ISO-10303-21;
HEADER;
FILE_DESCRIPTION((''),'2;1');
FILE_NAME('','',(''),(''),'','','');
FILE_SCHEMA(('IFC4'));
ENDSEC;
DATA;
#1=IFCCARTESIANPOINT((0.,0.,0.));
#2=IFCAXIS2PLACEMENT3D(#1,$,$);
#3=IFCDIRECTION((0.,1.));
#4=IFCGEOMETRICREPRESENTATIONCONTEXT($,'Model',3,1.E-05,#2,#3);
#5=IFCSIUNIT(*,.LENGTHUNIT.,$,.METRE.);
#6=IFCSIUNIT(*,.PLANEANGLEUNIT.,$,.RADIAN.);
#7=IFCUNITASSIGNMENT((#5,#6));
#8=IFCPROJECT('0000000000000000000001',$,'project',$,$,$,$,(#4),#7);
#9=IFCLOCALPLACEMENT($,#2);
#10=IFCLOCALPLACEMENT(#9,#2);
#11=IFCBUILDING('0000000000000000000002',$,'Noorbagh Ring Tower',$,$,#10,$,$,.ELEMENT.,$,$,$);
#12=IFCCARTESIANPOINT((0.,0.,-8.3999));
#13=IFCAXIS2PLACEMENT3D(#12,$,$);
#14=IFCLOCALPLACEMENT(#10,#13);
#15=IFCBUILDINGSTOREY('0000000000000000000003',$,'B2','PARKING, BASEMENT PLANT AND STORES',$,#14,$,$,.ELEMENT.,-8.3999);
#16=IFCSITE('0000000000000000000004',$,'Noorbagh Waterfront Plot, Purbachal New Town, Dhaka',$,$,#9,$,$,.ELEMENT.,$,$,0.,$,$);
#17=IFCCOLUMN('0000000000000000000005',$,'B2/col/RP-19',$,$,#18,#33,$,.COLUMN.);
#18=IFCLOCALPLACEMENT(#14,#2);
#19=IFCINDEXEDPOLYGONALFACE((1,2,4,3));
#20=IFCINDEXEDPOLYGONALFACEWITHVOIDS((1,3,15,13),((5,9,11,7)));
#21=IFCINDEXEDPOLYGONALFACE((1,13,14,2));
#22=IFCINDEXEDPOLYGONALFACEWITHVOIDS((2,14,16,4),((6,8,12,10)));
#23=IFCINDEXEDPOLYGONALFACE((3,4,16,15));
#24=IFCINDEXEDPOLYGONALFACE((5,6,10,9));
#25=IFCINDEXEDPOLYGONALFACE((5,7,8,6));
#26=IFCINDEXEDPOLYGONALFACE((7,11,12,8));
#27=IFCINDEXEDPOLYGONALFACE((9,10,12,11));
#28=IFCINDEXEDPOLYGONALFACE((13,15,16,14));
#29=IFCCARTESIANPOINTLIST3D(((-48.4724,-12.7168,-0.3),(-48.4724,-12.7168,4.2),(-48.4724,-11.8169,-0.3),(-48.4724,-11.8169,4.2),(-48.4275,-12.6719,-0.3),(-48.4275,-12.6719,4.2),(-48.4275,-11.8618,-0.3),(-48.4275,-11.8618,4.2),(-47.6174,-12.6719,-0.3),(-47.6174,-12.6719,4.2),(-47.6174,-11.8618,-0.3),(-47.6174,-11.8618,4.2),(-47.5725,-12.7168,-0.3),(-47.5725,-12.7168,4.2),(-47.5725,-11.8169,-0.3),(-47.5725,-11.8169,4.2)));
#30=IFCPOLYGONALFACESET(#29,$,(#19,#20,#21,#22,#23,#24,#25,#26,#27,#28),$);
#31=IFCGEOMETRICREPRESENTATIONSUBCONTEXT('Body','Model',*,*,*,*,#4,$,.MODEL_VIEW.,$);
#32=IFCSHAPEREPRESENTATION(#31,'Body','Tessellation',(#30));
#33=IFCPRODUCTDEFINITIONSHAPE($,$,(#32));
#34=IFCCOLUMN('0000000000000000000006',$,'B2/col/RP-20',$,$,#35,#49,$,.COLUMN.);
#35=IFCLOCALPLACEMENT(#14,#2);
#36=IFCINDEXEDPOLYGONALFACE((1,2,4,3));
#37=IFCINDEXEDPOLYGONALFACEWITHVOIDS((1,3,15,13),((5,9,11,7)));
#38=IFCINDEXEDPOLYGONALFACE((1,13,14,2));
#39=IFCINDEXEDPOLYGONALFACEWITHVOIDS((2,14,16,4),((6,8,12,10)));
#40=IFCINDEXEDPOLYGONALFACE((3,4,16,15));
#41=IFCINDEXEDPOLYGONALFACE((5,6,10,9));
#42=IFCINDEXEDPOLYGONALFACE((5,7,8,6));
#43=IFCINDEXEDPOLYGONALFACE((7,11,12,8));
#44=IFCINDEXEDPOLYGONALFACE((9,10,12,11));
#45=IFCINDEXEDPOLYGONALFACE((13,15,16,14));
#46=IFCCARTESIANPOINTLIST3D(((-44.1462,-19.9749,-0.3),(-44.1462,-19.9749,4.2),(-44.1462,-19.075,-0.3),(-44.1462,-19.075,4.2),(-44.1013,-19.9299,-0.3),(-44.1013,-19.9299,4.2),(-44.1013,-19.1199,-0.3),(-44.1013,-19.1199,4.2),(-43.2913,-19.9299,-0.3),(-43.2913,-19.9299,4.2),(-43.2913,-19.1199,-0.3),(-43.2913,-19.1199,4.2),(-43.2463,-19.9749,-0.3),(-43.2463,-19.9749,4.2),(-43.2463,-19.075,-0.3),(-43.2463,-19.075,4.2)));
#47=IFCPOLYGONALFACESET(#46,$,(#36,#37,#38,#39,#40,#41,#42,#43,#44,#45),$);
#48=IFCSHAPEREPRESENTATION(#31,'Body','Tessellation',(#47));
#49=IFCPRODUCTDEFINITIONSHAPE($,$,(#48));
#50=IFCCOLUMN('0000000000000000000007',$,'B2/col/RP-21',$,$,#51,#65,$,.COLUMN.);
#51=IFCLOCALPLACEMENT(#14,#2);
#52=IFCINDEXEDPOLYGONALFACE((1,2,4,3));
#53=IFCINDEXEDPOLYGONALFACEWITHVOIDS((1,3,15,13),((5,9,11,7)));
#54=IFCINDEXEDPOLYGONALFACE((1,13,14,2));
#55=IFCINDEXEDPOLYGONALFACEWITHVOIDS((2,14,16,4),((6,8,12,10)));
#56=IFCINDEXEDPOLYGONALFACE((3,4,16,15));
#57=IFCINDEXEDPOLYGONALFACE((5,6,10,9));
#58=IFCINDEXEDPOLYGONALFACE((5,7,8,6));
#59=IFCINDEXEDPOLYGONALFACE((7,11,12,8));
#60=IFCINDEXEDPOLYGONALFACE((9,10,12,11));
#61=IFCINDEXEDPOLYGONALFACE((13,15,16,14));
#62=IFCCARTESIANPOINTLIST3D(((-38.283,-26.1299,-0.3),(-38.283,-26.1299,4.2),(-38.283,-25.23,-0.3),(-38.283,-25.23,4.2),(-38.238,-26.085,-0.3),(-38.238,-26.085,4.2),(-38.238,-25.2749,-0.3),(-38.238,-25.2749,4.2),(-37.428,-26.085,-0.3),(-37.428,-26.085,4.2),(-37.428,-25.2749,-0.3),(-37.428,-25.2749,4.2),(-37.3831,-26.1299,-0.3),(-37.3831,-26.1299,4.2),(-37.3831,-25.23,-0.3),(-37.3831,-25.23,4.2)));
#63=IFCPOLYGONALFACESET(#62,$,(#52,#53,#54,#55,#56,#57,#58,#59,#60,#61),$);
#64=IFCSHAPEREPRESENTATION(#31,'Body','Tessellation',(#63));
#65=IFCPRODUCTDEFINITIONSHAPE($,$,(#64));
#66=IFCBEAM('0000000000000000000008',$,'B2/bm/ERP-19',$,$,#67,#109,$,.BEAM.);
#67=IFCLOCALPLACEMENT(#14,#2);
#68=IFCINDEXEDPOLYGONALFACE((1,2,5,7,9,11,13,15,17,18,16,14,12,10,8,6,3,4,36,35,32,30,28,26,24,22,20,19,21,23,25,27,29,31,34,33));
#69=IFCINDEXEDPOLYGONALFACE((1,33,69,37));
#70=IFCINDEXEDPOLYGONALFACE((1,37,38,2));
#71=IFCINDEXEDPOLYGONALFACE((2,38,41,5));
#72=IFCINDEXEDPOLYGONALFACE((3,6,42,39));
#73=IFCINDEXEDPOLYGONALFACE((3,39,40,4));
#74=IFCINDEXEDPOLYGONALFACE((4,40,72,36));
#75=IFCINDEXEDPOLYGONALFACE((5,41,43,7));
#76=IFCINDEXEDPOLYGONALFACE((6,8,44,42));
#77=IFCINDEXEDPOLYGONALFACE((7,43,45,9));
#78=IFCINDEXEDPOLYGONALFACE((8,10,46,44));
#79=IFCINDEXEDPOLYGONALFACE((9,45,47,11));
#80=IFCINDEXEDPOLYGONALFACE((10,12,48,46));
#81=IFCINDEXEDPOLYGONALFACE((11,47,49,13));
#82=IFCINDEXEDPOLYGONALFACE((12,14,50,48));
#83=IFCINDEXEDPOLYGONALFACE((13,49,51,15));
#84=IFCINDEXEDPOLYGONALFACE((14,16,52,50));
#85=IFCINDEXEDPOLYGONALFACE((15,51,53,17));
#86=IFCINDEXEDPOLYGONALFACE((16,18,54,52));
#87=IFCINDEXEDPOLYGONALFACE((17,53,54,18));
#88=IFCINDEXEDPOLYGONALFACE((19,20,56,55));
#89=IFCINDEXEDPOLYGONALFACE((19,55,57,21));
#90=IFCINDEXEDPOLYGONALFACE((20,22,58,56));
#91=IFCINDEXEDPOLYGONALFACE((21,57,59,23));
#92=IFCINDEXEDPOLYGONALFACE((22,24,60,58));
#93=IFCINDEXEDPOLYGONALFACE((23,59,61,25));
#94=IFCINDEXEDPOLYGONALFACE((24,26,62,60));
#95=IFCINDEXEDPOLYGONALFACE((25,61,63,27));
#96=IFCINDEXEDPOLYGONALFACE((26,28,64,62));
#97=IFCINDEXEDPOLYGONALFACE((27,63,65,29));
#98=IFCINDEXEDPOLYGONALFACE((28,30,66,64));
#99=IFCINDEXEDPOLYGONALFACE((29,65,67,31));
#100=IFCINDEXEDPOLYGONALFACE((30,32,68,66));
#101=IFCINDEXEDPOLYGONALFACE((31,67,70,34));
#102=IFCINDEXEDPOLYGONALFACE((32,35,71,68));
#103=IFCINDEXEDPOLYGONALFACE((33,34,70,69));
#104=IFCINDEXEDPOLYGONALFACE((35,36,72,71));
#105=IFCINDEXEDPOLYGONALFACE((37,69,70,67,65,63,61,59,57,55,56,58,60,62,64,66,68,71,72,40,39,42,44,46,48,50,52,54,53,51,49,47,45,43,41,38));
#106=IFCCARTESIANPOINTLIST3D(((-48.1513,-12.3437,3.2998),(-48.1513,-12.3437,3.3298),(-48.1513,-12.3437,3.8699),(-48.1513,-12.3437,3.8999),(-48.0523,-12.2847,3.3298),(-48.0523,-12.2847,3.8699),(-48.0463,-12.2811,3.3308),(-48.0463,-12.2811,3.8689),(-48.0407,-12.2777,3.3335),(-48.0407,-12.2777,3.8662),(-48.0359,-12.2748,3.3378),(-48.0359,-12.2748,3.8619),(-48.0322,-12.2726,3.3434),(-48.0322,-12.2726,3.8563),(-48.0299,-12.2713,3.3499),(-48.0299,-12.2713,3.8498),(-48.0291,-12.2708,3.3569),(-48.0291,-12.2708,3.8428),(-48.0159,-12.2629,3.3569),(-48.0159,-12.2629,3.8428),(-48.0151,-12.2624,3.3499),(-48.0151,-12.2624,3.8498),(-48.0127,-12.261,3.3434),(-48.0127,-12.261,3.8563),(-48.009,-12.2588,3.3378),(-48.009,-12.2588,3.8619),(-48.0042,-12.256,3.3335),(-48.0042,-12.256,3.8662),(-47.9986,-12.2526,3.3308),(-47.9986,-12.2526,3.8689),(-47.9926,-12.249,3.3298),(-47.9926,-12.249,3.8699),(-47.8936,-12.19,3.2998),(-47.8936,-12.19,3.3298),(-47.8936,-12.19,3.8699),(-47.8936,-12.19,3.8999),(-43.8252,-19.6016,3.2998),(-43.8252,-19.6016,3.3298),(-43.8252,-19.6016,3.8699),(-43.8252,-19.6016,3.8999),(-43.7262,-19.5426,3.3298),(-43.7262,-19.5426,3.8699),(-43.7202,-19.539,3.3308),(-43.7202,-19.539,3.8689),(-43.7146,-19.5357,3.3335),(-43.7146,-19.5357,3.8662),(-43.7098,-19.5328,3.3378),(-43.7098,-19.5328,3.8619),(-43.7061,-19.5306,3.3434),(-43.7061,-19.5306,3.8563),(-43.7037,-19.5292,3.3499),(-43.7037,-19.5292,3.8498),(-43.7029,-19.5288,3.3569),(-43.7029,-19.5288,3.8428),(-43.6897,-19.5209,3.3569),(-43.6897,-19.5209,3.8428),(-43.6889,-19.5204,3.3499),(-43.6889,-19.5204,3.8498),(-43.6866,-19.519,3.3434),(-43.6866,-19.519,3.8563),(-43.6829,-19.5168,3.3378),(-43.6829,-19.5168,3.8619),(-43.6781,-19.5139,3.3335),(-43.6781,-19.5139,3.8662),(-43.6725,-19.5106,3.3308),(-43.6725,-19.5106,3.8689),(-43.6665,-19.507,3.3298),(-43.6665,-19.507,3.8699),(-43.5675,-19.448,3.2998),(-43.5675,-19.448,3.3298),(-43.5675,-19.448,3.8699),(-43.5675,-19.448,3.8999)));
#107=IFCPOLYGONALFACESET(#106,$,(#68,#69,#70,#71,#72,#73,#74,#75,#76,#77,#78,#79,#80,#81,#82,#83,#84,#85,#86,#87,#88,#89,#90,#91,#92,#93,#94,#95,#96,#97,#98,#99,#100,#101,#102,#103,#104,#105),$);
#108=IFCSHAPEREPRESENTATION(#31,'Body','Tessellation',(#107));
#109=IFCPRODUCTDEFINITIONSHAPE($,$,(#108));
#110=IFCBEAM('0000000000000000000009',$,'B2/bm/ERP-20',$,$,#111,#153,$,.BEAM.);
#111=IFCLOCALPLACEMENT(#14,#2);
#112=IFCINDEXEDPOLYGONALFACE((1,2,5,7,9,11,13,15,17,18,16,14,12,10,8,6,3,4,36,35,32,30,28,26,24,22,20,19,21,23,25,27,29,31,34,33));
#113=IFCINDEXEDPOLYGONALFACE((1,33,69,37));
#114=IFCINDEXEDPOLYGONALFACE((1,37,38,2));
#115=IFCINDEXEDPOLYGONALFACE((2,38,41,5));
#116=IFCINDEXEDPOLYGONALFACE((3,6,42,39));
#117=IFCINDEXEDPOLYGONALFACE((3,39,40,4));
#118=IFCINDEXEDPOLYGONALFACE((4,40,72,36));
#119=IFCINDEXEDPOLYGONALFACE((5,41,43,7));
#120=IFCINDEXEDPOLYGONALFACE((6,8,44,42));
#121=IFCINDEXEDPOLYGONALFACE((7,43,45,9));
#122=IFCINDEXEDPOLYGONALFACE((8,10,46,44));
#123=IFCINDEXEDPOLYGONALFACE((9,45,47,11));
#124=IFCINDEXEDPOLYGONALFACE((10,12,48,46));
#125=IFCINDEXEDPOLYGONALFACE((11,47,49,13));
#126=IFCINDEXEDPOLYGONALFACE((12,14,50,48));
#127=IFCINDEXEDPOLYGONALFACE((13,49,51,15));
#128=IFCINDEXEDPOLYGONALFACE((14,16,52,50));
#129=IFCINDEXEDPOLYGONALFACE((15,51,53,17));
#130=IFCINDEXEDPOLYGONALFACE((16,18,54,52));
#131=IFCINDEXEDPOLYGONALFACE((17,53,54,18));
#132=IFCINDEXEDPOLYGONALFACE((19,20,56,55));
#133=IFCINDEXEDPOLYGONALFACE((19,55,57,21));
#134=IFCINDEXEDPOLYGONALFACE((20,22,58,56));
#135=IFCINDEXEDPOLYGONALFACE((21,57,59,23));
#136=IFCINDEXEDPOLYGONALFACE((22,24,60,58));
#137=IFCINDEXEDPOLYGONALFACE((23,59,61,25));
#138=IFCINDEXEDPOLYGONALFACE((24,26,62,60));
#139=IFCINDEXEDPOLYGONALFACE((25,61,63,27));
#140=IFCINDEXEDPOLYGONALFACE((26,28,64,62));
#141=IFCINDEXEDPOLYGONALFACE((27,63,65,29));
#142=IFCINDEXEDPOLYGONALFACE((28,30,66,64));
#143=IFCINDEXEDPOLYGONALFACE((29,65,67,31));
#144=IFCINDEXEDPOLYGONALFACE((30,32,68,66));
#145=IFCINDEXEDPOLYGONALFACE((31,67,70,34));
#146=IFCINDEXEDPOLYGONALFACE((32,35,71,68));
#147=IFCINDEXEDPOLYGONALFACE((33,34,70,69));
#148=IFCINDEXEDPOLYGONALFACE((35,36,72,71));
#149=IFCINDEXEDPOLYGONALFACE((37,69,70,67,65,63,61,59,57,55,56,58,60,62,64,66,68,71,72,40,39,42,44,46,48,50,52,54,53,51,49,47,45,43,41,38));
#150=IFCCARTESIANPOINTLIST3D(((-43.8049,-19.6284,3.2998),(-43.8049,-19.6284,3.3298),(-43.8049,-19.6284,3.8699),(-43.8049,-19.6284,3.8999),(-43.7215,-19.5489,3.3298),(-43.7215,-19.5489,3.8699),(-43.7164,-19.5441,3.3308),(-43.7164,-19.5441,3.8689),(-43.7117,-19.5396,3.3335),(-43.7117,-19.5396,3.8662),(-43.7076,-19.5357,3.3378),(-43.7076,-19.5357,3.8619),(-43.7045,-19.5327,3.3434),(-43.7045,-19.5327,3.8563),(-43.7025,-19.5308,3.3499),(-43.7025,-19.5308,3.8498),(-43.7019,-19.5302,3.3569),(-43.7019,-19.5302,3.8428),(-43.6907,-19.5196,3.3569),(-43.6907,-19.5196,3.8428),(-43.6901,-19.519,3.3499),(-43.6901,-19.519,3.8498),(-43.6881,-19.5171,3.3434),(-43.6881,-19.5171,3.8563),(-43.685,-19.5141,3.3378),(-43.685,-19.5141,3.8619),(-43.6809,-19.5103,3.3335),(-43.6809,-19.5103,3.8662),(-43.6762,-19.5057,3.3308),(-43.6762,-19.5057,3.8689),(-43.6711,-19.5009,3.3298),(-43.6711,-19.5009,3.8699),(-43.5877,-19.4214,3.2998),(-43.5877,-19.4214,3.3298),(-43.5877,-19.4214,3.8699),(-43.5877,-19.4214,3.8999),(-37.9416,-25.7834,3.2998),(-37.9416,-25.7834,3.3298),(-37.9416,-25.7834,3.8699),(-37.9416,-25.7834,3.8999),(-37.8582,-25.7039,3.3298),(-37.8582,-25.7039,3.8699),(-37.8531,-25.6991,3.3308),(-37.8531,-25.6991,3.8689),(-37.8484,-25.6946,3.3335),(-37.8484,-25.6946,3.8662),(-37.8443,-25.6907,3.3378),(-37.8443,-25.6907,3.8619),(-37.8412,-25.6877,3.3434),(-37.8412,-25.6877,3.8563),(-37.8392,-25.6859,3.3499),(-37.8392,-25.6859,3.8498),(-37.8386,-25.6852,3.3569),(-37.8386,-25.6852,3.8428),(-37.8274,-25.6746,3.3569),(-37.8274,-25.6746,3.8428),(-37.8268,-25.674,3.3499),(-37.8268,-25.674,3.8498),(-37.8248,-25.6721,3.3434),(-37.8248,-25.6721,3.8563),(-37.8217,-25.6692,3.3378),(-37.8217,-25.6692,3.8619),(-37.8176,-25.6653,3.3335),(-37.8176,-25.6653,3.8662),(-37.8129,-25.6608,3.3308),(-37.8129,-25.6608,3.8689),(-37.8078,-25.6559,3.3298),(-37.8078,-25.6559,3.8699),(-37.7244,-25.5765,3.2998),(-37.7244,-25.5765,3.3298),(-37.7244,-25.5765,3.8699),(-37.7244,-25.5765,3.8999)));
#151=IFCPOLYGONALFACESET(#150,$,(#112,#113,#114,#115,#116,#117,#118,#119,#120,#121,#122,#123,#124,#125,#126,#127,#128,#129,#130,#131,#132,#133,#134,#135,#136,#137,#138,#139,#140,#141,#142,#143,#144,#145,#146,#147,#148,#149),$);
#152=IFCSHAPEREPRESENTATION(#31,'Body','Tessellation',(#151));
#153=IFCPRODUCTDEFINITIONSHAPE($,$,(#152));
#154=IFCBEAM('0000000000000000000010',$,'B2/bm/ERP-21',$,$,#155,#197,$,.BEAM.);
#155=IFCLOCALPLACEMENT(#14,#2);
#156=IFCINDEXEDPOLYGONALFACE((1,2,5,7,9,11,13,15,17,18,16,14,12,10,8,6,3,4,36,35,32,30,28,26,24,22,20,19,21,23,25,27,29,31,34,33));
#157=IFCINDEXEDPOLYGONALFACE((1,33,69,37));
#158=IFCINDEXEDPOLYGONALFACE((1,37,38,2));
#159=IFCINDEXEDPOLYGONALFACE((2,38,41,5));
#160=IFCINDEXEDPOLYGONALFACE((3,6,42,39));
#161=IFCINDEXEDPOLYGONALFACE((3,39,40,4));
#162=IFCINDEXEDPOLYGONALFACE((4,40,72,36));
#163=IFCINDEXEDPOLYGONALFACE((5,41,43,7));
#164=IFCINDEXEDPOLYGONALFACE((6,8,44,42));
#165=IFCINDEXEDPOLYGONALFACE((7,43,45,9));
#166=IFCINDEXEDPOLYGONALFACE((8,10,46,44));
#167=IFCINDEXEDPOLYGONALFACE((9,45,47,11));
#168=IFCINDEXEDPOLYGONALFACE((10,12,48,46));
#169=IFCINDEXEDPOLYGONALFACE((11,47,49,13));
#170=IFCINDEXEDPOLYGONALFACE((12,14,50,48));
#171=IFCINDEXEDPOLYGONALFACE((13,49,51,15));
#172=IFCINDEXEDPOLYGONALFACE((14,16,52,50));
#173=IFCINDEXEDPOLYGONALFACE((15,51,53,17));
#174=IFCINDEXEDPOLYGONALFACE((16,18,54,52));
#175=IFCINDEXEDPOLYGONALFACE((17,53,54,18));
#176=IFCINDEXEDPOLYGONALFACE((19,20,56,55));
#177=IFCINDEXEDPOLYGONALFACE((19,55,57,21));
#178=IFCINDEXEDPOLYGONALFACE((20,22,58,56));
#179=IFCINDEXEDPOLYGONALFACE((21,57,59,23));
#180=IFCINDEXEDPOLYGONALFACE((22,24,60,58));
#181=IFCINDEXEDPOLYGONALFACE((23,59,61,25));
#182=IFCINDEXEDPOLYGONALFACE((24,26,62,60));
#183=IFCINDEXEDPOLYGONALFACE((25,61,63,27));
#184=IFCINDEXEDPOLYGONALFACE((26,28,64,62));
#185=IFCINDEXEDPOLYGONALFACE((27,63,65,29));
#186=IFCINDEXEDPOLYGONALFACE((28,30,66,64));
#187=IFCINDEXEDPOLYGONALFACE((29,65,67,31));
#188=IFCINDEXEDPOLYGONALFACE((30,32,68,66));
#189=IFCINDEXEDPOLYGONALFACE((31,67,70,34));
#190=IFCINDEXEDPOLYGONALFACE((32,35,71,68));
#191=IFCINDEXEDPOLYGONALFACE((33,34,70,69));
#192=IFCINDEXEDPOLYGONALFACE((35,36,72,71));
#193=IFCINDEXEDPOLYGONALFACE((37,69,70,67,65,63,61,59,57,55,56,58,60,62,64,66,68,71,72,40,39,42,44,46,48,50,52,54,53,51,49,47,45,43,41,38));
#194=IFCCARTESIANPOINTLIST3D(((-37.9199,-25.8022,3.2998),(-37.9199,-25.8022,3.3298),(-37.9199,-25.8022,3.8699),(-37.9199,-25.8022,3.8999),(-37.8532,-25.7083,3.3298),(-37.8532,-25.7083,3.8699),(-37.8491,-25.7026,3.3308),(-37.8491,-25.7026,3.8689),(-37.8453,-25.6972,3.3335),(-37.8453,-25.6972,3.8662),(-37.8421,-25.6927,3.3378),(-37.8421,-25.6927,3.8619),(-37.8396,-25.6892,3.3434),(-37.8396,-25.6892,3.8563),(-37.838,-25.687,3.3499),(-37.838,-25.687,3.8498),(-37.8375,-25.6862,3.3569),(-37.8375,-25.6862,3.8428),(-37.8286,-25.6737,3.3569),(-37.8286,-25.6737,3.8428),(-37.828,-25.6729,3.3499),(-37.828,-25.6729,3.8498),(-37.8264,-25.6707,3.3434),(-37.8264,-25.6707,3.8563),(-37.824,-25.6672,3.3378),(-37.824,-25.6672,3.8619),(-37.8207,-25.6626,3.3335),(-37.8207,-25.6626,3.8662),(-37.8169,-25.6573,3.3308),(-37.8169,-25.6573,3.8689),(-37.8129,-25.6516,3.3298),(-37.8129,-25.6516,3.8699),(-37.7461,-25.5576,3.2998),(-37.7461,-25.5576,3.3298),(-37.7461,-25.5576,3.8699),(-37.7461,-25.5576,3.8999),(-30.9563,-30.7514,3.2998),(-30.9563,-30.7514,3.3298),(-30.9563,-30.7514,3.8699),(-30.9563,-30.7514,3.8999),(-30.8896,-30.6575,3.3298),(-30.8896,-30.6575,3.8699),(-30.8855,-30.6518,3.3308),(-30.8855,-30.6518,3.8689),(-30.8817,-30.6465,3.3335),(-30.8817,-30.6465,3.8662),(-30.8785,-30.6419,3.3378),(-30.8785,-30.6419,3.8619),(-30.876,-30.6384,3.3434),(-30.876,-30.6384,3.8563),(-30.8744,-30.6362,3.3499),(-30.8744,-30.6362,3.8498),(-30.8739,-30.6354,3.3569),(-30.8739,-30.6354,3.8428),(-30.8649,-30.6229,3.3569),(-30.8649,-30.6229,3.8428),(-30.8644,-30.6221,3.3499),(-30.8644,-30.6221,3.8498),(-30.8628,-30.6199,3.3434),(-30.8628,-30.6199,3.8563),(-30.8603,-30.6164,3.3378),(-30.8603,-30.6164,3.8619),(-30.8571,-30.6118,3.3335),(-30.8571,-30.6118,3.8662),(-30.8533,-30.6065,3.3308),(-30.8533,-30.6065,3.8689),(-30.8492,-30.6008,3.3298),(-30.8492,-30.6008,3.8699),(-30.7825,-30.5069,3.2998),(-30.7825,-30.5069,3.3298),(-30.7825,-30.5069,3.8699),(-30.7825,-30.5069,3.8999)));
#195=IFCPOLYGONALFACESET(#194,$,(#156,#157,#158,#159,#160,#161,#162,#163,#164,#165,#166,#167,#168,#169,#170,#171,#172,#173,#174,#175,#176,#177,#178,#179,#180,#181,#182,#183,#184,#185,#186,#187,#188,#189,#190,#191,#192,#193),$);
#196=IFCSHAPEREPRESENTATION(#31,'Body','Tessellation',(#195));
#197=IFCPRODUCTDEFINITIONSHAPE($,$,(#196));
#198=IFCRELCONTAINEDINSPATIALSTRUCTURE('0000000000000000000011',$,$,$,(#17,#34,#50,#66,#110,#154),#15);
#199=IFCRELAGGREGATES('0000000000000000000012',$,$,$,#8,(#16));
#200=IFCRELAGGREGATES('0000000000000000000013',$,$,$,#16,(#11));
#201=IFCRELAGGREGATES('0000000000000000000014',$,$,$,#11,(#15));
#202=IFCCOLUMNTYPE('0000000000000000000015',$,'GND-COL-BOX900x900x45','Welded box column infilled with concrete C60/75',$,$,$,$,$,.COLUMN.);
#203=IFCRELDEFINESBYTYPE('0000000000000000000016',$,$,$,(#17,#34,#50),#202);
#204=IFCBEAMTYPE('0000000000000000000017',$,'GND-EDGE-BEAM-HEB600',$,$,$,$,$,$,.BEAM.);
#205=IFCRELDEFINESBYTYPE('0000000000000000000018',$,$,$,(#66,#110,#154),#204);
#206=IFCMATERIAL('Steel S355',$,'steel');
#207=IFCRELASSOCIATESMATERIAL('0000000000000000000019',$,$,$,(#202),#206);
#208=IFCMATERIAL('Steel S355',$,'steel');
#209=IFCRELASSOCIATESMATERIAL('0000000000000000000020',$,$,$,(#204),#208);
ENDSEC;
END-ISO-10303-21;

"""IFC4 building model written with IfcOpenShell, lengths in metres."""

from ifc_helpers import new_model, si_unit, direction, frame, origin, origin_2d, place, context, subcontext, project, spatial, hollow_rectangle, i_section, extrude, material, material_profile, profile_set, type_object, element, save


model = new_model("IFC4")

# Units and contexts
model_context = context("Model", 3, precision=1e-05, world=origin(), true_north=direction((0.0, 1.0)))
body_context = subcontext(model_context, "Body", "Model", "MODEL_VIEW")
ifc_project = project(units=[si_unit("LENGTHUNIT", "METRE"), si_unit("PLANEANGLEUNIT", "RADIAN")], contexts=[model_context])

# Site, building, storey
site_placement = place(None, origin())
site = spatial("IfcSite", under=ifc_project, at=site_placement, Name="Noorbagh Waterfront Plot, Purbachal New Town, Dhaka", CompositionType="ELEMENT", RefElevation=0.0)
building_placement = place(site_placement, origin())
building = spatial("IfcBuilding", under=site, at=building_placement, Name="Noorbagh Ring Tower", CompositionType="ELEMENT")
storey_placement = place(building_placement, frame((0.0, 0.0, -8.3999)))
storey = spatial("IfcBuildingStorey", under=building, at=storey_placement, Name="B2", Description="PARKING, BASEMENT PLANT AND STORES", CompositionType="ELEMENT", Elevation=-8.3999)

# Columns
ifc_material_1 = material(Name="Steel S355", Category="steel")
ifc_material_profile_1 = material_profile(ifc_material_1, hollow_rectangle(XDim=0.8999, YDim=0.8999, WallThickness=0.0449, at=origin_2d()), Name="BOX900x900x45")
ifc_profile_set_1 = profile_set([ifc_material_profile_1], Name="Steel S355")
column_type = type_object("IfcColumnType", Name="GND-COL-BOX900x900x45", Description="Welded box column infilled with concrete C60/75", PredefinedType="COLUMN", material=ifc_profile_set_1)
for number, where, z_axis, x_axis, name in (
    (1, (-48.0225, -12.2668, -0.3), (0.0, 0.0, 1.0), (1.0, 0.0, 0.0), "B2/col/RP-19"),
    (2, (-43.6963, -19.5249, -0.3), (0.0, 0.0, 1.0), (1.0, 0.0, 0.0), "B2/col/RP-20"),
    (3, (-37.833, -25.6799, -0.3), (0.0, 0.0, 1.0), (1.0, 0.0, 0.0), "B2/col/RP-21"),
):
    element("IfcColumn", number, at=place(storey_placement, frame(where, z_axis=z_axis, x_axis=x_axis)), inside=storey, type_object=column_type, Name=name, PredefinedType="COLUMN", context=body_context, shape_type="SweptSolid", body=[
        extrude(hollow_rectangle(XDim=0.8999, YDim=0.8999, WallThickness=0.0449, at=origin_2d()), origin(), (0.0, 0.0, 1.0), 4.5),
    ])

# Beams
ifc_material_2 = material(Name="Steel S355", Category="steel")
ifc_material_profile_2 = material_profile(ifc_material_2, i_section(OverallWidth=0.3, OverallDepth=0.6001, WebThickness=0.0154, FlangeThickness=0.03, FilletRadius=0.0271, at=origin_2d()), Name="HEB600")
ifc_profile_set_2 = profile_set([ifc_material_profile_2], Name="Steel S355")
beam_type_1 = type_object("IfcBeamType", Name="GND-EDGE-BEAM-HEB600", PredefinedType="BEAM", material=ifc_profile_set_2)
beam_1_placement = place(storey_placement, frame((-48.0225, -12.2668, 3.5999), z_axis=(0.511999, -0.858986, 0.0), x_axis=(0.858986, 0.511999, 0.0)))
element("IfcBeam", 4, at=beam_1_placement, inside=storey, type_object=beam_type_1, Name="B2/bm/ERP-19", PredefinedType="BEAM", context=body_context, shape_type="SweptSolid", body=[
    extrude(i_section(OverallWidth=0.3, OverallDepth=0.6001, WebThickness=0.0154, FlangeThickness=0.03, FilletRadius=0.0271, at=origin_2d()), origin(), (0.0, 0.0, 1.0), 8.4495),
])
beam_2_placement = place(storey_placement, frame((-43.6963, -19.5249, 3.5999), z_axis=(0.689738, -0.724059, 0.0), x_axis=(0.724059, 0.689738, 0.0)))
element("IfcBeam", 5, at=beam_2_placement, inside=storey, type_object=beam_type_1, Name="B2/bm/ERP-20", PredefinedType="BEAM", context=body_context, shape_type="SweptSolid", body=[
    extrude(i_section(OverallWidth=0.3, OverallDepth=0.6001, WebThickness=0.0154, FlangeThickness=0.03, FilletRadius=0.0271, at=origin_2d()), origin(), (0.0, 0.0, 1.0), 8.5007),
])
beam_3_placement = place(storey_placement, frame((-37.833, -25.6799, 3.5999), z_axis=(0.815104, -0.579315, 0.0), x_axis=(0.579315, 0.815104, 0.0)))
element("IfcBeam", 6, at=beam_3_placement, inside=storey, type_object=beam_type_1, Name="B2/bm/ERP-21", PredefinedType="BEAM", context=body_context, shape_type="SweptSolid", body=[
    extrude(i_section(OverallWidth=0.3, OverallDepth=0.6001, WebThickness=0.0154, FlangeThickness=0.03, FilletRadius=0.0271, at=origin_2d()), origin(), (0.0, 0.0, 1.0), 8.5432),
])

save(model, "model.ifc")
